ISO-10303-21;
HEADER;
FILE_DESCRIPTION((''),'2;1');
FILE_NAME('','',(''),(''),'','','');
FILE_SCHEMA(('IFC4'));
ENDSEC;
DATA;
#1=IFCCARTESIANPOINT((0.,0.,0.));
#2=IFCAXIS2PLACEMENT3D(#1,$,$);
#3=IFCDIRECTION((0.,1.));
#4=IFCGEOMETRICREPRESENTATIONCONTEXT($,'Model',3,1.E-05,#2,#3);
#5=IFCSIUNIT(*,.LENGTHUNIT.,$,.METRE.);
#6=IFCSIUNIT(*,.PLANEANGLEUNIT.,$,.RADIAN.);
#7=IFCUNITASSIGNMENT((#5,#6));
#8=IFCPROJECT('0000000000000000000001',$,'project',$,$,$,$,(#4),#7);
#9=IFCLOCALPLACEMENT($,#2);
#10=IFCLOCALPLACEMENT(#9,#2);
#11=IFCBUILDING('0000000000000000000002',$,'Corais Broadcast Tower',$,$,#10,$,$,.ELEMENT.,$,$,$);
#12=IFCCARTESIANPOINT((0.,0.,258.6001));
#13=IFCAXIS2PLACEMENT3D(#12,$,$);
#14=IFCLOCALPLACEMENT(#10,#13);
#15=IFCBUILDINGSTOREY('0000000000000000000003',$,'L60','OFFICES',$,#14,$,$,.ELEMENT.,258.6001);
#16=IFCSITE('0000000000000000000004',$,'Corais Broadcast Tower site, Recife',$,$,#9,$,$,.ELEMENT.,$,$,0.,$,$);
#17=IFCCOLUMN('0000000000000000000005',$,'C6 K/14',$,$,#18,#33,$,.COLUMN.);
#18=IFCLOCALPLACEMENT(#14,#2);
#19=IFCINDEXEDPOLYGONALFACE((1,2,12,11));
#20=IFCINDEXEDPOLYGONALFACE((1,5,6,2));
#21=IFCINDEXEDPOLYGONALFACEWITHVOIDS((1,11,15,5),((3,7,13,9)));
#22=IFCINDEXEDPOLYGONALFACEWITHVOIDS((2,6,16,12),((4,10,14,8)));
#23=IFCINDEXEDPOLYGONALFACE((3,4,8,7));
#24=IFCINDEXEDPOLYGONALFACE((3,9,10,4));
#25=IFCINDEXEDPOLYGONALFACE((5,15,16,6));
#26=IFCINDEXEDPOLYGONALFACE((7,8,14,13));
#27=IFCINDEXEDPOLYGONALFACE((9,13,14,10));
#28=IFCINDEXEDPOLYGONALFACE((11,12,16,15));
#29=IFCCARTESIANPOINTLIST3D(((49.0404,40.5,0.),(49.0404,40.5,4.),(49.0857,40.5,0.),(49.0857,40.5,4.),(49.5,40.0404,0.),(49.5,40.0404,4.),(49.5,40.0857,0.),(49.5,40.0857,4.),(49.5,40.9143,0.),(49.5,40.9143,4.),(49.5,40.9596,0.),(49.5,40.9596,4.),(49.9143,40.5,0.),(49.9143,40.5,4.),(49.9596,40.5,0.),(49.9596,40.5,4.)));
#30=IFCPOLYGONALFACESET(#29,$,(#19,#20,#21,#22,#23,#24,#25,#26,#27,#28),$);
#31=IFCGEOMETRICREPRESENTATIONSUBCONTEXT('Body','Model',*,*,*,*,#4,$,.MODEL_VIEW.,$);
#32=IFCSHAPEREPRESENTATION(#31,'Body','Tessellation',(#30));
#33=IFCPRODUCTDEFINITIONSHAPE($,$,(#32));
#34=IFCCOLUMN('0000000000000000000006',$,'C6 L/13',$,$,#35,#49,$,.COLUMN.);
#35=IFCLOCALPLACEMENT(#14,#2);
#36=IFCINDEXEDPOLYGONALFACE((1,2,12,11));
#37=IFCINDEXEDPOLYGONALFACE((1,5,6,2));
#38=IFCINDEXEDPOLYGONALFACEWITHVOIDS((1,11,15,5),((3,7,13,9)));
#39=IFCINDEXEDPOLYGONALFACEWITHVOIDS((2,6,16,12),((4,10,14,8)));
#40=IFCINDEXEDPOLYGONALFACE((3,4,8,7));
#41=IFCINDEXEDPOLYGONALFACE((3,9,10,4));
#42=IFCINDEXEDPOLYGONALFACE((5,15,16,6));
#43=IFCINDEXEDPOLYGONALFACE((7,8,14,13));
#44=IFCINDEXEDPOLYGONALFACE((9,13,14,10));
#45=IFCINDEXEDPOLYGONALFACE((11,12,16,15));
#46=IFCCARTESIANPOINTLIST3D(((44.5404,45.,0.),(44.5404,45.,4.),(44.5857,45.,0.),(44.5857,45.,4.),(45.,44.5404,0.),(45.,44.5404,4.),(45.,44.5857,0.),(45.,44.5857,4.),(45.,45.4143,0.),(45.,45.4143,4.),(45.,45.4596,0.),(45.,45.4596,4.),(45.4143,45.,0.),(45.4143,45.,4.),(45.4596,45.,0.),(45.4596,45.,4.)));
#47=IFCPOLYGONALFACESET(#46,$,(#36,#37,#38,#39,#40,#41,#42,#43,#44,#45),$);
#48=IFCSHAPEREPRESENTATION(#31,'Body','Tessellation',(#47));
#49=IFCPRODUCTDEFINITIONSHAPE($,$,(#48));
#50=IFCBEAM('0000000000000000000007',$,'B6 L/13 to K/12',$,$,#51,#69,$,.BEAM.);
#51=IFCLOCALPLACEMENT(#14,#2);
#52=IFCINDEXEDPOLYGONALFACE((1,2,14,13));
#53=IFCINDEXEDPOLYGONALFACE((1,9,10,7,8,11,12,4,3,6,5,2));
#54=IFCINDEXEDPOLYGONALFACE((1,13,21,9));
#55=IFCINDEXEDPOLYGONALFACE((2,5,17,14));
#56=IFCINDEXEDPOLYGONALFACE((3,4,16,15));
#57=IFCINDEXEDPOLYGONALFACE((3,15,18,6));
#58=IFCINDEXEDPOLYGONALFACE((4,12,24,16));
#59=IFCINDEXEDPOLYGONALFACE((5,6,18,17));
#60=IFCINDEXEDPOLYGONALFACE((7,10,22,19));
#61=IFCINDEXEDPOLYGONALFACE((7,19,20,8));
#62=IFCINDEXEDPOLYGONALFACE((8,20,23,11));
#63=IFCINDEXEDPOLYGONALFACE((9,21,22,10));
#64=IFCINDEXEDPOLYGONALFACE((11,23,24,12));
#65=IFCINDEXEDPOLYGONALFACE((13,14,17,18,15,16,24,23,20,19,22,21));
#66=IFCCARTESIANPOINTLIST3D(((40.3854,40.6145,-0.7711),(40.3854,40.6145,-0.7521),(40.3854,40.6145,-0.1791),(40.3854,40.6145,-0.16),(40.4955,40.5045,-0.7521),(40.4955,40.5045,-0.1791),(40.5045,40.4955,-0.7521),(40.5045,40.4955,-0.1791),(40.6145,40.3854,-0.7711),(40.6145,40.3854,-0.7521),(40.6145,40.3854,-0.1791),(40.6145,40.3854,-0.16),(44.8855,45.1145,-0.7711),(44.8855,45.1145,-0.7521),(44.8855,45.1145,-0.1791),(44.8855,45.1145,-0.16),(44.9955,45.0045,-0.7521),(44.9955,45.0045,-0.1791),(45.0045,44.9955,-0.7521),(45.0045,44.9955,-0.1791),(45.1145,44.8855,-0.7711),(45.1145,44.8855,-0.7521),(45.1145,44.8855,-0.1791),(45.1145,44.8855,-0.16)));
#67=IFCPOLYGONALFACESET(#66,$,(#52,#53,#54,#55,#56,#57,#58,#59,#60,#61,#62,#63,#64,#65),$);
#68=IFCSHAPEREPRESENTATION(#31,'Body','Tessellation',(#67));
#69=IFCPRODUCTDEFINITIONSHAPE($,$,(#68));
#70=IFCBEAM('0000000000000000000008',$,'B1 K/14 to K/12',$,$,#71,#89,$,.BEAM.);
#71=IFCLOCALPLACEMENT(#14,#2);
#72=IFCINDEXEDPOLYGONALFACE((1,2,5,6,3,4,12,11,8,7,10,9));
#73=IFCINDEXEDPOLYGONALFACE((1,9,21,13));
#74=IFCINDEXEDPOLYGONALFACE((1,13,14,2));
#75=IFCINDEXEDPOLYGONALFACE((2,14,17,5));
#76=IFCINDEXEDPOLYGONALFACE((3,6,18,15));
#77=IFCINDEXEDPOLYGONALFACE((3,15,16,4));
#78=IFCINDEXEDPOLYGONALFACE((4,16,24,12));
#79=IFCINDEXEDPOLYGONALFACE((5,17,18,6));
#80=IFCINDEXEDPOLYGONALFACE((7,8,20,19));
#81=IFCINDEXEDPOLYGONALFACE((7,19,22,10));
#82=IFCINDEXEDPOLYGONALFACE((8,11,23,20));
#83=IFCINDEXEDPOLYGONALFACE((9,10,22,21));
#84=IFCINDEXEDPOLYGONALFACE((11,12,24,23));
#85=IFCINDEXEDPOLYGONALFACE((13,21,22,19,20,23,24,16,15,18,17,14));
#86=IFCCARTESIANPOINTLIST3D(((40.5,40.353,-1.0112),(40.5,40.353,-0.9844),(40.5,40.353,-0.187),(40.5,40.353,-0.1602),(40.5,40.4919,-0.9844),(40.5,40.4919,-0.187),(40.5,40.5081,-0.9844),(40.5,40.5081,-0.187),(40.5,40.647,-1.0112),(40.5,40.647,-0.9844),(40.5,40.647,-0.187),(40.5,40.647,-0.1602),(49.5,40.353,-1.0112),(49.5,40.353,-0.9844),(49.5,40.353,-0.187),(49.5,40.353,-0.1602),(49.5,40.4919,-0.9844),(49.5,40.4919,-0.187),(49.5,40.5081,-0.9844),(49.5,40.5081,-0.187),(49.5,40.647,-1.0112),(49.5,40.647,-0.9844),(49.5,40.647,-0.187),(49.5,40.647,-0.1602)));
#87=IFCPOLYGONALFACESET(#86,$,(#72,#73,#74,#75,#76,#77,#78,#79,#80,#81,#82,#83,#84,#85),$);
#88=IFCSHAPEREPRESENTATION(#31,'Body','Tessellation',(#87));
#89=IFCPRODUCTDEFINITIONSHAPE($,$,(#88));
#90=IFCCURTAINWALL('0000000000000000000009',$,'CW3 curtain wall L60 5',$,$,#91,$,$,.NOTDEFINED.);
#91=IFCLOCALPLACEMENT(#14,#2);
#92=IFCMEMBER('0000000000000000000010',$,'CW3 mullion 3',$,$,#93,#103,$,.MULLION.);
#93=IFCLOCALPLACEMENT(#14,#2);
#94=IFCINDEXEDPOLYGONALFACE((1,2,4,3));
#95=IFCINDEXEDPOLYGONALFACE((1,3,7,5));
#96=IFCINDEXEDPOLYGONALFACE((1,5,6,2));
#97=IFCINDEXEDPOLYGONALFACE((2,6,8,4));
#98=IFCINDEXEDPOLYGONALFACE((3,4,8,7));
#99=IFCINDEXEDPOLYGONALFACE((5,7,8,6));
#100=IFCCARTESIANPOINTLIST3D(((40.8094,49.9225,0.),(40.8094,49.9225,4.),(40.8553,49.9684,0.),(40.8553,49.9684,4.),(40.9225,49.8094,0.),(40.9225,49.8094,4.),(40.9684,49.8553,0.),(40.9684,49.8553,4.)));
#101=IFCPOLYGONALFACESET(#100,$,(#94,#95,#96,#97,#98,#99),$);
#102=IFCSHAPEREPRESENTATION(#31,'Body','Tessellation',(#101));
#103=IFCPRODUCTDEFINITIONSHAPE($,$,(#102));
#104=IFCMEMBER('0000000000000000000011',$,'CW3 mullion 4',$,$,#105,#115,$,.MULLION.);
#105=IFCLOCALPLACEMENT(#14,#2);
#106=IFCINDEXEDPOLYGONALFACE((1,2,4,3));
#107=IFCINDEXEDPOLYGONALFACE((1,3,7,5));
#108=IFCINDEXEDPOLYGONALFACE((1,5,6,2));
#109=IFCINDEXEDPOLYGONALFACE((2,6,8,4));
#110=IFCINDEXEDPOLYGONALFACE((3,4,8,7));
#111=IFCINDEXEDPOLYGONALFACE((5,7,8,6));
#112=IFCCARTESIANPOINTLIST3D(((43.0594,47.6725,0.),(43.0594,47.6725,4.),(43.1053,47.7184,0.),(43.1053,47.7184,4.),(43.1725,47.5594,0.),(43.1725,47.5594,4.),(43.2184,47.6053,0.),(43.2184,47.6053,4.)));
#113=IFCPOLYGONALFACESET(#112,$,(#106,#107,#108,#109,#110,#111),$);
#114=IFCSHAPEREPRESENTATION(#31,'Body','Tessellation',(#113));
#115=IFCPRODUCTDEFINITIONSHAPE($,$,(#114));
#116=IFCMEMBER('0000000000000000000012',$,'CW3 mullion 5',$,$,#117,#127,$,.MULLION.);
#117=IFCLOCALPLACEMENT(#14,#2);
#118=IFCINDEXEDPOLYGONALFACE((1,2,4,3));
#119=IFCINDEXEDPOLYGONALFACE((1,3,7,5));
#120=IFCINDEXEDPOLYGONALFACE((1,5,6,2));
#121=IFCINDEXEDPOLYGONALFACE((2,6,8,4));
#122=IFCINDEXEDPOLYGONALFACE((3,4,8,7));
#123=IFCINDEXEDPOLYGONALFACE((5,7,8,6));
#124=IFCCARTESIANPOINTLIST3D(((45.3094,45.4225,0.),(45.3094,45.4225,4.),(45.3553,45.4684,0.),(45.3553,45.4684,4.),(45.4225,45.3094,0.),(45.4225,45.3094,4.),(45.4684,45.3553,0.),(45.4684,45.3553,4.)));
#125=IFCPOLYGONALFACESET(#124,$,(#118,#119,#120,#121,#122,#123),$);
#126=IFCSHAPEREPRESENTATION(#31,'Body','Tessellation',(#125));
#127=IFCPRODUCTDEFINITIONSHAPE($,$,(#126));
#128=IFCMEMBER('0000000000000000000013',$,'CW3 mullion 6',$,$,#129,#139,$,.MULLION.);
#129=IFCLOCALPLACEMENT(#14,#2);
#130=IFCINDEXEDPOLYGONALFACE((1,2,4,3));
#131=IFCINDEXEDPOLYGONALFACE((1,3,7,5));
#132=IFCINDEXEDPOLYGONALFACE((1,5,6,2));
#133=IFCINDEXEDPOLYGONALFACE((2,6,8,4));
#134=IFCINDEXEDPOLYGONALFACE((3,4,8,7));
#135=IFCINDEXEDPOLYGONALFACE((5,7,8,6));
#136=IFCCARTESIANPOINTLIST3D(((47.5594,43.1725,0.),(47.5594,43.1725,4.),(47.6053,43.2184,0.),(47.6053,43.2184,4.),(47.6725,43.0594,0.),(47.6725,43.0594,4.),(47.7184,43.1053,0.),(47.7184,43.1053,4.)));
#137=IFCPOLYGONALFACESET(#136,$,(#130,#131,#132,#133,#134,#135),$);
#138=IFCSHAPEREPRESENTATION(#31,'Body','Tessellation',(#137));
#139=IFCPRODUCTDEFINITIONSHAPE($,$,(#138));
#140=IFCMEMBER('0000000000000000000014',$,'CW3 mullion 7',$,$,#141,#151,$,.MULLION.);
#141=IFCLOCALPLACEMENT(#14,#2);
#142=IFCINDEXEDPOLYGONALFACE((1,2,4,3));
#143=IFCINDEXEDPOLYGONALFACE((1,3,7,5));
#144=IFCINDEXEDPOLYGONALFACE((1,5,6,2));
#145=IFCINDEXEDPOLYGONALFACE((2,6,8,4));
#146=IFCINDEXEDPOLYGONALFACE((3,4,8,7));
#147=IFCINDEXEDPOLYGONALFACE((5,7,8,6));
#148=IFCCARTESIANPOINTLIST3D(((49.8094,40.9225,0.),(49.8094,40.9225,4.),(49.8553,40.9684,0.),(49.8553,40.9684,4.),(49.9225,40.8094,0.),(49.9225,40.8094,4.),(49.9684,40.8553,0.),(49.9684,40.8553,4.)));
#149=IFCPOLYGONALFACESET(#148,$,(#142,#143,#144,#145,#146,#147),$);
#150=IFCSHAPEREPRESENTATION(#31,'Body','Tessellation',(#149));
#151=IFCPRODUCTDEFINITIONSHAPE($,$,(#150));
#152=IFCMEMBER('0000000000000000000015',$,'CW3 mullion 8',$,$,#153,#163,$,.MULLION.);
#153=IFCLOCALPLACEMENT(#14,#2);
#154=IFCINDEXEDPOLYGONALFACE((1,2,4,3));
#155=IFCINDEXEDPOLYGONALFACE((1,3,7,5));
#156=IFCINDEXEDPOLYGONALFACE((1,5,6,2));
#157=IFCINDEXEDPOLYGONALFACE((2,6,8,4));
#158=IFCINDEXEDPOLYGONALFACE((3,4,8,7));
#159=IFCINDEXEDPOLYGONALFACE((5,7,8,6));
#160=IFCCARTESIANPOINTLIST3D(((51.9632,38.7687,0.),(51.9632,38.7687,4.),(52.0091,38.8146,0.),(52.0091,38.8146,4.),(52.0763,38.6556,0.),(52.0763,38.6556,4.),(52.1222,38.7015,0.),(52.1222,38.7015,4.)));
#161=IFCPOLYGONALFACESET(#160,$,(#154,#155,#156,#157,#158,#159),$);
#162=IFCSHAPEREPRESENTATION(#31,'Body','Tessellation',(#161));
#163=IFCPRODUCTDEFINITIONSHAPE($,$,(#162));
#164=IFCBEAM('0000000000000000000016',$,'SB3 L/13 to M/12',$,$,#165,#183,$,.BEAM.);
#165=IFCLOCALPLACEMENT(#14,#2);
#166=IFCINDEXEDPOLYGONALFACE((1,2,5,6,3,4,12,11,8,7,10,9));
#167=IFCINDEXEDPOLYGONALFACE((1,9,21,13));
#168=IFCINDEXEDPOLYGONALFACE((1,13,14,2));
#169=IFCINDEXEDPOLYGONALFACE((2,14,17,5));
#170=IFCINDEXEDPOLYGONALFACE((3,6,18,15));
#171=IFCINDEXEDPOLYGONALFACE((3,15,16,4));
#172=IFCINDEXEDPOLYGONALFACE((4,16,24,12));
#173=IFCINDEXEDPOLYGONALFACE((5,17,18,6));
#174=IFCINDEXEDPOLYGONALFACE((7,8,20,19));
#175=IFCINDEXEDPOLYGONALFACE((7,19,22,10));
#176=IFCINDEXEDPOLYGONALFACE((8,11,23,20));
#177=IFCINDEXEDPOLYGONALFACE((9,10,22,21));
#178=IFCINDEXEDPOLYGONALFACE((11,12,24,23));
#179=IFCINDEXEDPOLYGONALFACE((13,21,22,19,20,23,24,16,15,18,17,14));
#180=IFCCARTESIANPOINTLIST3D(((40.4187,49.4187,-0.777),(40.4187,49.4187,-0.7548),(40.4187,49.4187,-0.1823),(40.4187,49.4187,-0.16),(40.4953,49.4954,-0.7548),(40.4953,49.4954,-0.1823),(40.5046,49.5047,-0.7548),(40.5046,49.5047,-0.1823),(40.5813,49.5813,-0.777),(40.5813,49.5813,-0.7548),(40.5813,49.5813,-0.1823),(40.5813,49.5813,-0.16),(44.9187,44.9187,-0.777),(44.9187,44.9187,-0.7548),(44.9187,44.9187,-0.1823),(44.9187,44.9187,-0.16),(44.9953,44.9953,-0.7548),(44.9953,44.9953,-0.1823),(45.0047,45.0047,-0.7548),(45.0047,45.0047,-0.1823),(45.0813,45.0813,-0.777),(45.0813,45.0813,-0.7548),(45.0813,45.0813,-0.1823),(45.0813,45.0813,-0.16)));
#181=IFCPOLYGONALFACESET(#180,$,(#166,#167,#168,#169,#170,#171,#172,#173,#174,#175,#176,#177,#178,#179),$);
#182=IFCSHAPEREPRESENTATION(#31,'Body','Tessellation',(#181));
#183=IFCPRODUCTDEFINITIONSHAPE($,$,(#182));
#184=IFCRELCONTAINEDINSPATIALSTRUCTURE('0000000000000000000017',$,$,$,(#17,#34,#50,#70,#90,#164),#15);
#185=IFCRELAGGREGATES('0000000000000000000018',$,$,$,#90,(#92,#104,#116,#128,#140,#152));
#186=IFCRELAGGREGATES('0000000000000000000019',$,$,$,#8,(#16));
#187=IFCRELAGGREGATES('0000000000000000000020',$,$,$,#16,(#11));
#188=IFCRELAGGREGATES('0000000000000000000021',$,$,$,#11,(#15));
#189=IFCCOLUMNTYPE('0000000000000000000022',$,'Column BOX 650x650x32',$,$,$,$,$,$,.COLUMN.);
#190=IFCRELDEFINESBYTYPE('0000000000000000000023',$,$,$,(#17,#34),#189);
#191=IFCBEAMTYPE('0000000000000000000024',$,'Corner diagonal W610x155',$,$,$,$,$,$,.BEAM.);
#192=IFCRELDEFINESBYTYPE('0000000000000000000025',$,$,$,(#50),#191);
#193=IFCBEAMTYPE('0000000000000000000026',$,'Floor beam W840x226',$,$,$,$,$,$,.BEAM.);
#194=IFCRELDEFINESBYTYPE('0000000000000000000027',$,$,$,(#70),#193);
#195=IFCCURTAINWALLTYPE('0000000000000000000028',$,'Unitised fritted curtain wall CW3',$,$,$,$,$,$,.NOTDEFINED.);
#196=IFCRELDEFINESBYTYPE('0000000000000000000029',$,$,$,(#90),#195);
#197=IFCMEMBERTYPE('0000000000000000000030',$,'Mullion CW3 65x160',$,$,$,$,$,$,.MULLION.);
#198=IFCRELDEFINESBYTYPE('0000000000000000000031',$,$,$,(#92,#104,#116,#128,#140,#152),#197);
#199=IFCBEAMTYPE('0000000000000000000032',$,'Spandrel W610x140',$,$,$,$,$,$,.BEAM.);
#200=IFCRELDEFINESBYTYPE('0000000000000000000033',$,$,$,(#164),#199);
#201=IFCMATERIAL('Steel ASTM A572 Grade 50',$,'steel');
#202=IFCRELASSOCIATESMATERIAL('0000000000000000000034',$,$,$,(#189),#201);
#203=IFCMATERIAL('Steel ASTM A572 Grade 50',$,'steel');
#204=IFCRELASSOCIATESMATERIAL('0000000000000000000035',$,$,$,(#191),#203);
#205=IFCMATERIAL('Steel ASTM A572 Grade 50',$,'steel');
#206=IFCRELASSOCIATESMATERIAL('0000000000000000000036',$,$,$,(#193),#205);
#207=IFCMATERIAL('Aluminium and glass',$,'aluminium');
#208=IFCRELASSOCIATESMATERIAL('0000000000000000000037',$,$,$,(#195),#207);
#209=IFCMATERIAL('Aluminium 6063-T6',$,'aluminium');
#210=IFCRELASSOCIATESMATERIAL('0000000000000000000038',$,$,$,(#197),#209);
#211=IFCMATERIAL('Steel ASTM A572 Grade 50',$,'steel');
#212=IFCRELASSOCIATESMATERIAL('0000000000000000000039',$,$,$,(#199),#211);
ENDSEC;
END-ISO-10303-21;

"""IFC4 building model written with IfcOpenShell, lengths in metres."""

from ifc_helpers import new_model, si_unit, direction, frame, origin, origin_2d, place, context, subcontext, project, spatial, rectangle, hollow_rectangle, i_section, extrude, material, material_profile, profile_set, type_object, element, aggregate, save


model = new_model("IFC4")

# Units and contexts
model_context = context("Model", 3, precision=1e-05, world=origin(), true_north=direction((0.0, 1.0)))
body_context = subcontext(model_context, "Body", "Model", "MODEL_VIEW")
ifc_project = project(units=[si_unit("LENGTHUNIT", "METRE"), si_unit("PLANEANGLEUNIT", "RADIAN")], contexts=[model_context])

# Site, building, storey
site_placement = place(None, origin())
site = spatial("IfcSite", under=ifc_project, at=site_placement, Name="Corais Broadcast Tower site, Recife", CompositionType="ELEMENT", RefElevation=0.0)
building_placement = place(site_placement, origin())
building = spatial("IfcBuilding", under=site, at=building_placement, Name="Corais Broadcast Tower", CompositionType="ELEMENT")
storey_placement = place(building_placement, frame((0.0, 0.0, 258.6001)))
storey = spatial("IfcBuildingStorey", under=building, at=storey_placement, Name="L60", Description="OFFICES", CompositionType="ELEMENT", Elevation=258.6001)

# Columns
ifc_material_1 = material(Name="Steel ASTM A572 Grade 50", Category="steel")
ifc_material_profile_1 = material_profile(ifc_material_1, hollow_rectangle(XDim=0.6499, YDim=0.6499, WallThickness=0.032, at=origin_2d()), Name="BOX 650x650x32")
ifc_profile_set_1 = profile_set([ifc_material_profile_1], Name="Steel ASTM A572 Grade 50")
column_type = type_object("IfcColumnType", Name="Column BOX 650x650x32", PredefinedType="COLUMN", material=ifc_profile_set_1)
for number, where, z_axis, x_axis, name in (
    (1, (49.5, 40.5, 0.0), (0.0, 0.0, 1.0), (0.707107, 0.707107, 0.0), "C6 K/14"),
    (2, (45.0, 45.0, 0.0), (0.0, 0.0, 1.0), (0.707107, 0.707107, 0.0), "C6 L/13"),
):
    element("IfcColumn", number, at=place(storey_placement, frame(where, z_axis=z_axis, x_axis=x_axis)), inside=storey, type_object=column_type, Name=name, PredefinedType="COLUMN", context=body_context, shape_type="SweptSolid", body=[
        extrude(hollow_rectangle(XDim=0.6499, YDim=0.6499, WallThickness=0.032, at=origin_2d()), origin(), (0.0, 0.0, 1.0), 4.0),
    ])

# Beams
ifc_material_2 = material(Name="Steel ASTM A572 Grade 50", Category="steel")
ifc_material_profile_2 = material_profile(ifc_material_2, i_section(OverallWidth=0.324, OverallDepth=0.6111, WebThickness=0.0127, FlangeThickness=0.019, at=origin_2d()), Name="W610x155")
ifc_profile_set_2 = profile_set([ifc_material_profile_2], Name="Steel ASTM A572 Grade 50")
beam_type_1 = type_object("IfcBeamType", Name="Corner diagonal W610x155", PredefinedType="BEAM", material=ifc_profile_set_2)
beam_1_placement = place(storey_placement, frame((45.0, 45.0, -0.4656), z_axis=(-0.707107, -0.707107, 0.0), x_axis=(0.707107, -0.707107, 0.0)))
element("IfcBeam", 3, at=beam_1_placement, inside=storey, type_object=beam_type_1, Name="B6 L/13 to K/12", PredefinedType="BEAM", context=body_context, shape_type="SweptSolid", body=[
    extrude(i_section(OverallWidth=0.324, OverallDepth=0.6111, WebThickness=0.0127, FlangeThickness=0.019, at=origin_2d()), origin(), (0.0, 0.0, 1.0), 6.364),
])
ifc_material_3 = material(Name="Steel ASTM A572 Grade 50", Category="steel")
ifc_material_profile_3 = material_profile(ifc_material_3, i_section(OverallWidth=0.2939, OverallDepth=0.8511, WebThickness=0.0161, FlangeThickness=0.0269, at=origin_2d()), Name="W840x226")
ifc_profile_set_3 = profile_set([ifc_material_profile_3], Name="Steel ASTM A572 Grade 50")
beam_type_2 = type_object("IfcBeamType", Name="Floor beam W840x226", PredefinedType="BEAM", material=ifc_profile_set_3)
beam_2_placement = place(storey_placement, frame((49.5, 40.5, -0.5857), z_axis=(-1.0, 0.0, 0.0), x_axis=(0.0, -1.0, 0.0)))
element("IfcBeam", 4, at=beam_2_placement, inside=storey, type_object=beam_type_2, Name="B1 K/14 to K/12", PredefinedType="BEAM", context=body_context, shape_type="SweptSolid", body=[
    extrude(i_section(OverallWidth=0.2939, OverallDepth=0.8511, WebThickness=0.0161, FlangeThickness=0.0269, at=origin_2d()), origin(), (0.0, 0.0, 1.0), 9.0),
])

# Curtain wall, members
ifc_material_4 = material(Name="Aluminium and glass", Category="aluminium")
curtain_wall_type = type_object("IfcCurtainWallType", Name="Unitised fritted curtain wall CW3", PredefinedType="NOTDEFINED", material=ifc_material_4)
curtain_wall_placement = place(storey_placement, origin())
curtain_wall = element("IfcCurtainWall", 5, at=curtain_wall_placement, inside=storey, type_object=curtain_wall_type, Name="CW3 curtain wall L60 5", PredefinedType="NOTDEFINED")
ifc_material_5 = material(Name="Aluminium 6063-T6", Category="aluminium")
ifc_material_profile_4 = material_profile(ifc_material_5, rectangle(XDim=0.0649, YDim=0.1599, at=origin_2d()), Name="Mullion CW3 65x160")
ifc_profile_set_4 = profile_set([ifc_material_profile_4], Name="Aluminium 6063-T6")
member_type_1 = type_object("IfcMemberType", Name="Mullion CW3 65x160", PredefinedType="MULLION", material=ifc_profile_set_4)
member_1_placement = place(storey_placement, frame((40.8889, 49.8889, 0.0), z_axis=(0.0, 0.0, 1.0), x_axis=(0.707107, 0.707107, 0.0)))
member_1 = element("IfcMember", 6, at=member_1_placement, type_object=member_type_1, Name="CW3 mullion 3", PredefinedType="MULLION", context=body_context, shape_type="SweptSolid", body=[
    extrude(rectangle(XDim=0.0649, YDim=0.1599, at=origin_2d()), origin(), (0.0, 0.0, 1.0), 4.0),
])
member_2_placement = place(storey_placement, frame((43.1389, 47.6389, 0.0), z_axis=(0.0, 0.0, 1.0), x_axis=(0.707107, 0.707107, 0.0)))
member_2 = element("IfcMember", 7, at=member_2_placement, type_object=member_type_1, Name="CW3 mullion 4", PredefinedType="MULLION", context=body_context, shape_type="SweptSolid", body=[
    extrude(rectangle(XDim=0.0649, YDim=0.1599, at=origin_2d()), origin(), (0.0, 0.0, 1.0), 4.0),
])
member_3_placement = place(storey_placement, frame((45.3889, 45.3889, 0.0), z_axis=(0.0, 0.0, 1.0), x_axis=(0.707107, 0.707107, 0.0)))
member_3 = element("IfcMember", 8, at=member_3_placement, type_object=member_type_1, Name="CW3 mullion 5", PredefinedType="MULLION", context=body_context, shape_type="SweptSolid", body=[
    extrude(rectangle(XDim=0.0649, YDim=0.1599, at=origin_2d()), origin(), (0.0, 0.0, 1.0), 4.0),
])
member_4_placement = place(storey_placement, frame((47.6389, 43.1389, 0.0), z_axis=(0.0, 0.0, 1.0), x_axis=(0.707107, 0.707107, 0.0)))
member_4 = element("IfcMember", 9, at=member_4_placement, type_object=member_type_1, Name="CW3 mullion 6", PredefinedType="MULLION", context=body_context, shape_type="SweptSolid", body=[
    extrude(rectangle(XDim=0.0649, YDim=0.1599, at=origin_2d()), origin(), (0.0, 0.0, 1.0), 4.0),
])
member_5_placement = place(storey_placement, frame((49.8889, 40.8889, 0.0), z_axis=(0.0, 0.0, 1.0), x_axis=(0.707107, 0.707107, 0.0)))
member_5 = element("IfcMember", 10, at=member_5_placement, type_object=member_type_1, Name="CW3 mullion 7", PredefinedType="MULLION", context=body_context, shape_type="SweptSolid", body=[
    extrude(rectangle(XDim=0.0649, YDim=0.1599, at=origin_2d()), origin(), (0.0, 0.0, 1.0), 4.0),
])
member_6_placement = place(storey_placement, frame((52.0427, 38.7351, 0.0), z_axis=(0.0, 0.0, 1.0), x_axis=(0.707107, 0.707107, 0.0)))
member_6 = element("IfcMember", 11, at=member_6_placement, type_object=member_type_1, Name="CW3 mullion 8", PredefinedType="MULLION", context=body_context, shape_type="SweptSolid", body=[
    extrude(rectangle(XDim=0.0649, YDim=0.1599, at=origin_2d()), origin(), (0.0, 0.0, 1.0), 4.0),
])

# Beam
ifc_material_6 = material(Name="Steel ASTM A572 Grade 50", Category="steel")
ifc_material_profile_5 = material_profile(ifc_material_6, i_section(OverallWidth=0.23, OverallDepth=0.6169, WebThickness=0.0132, FlangeThickness=0.0222, at=origin_2d()), Name="W610x140")
ifc_profile_set_5 = profile_set([ifc_material_profile_5], Name="Steel ASTM A572 Grade 50")
beam_type_3 = type_object("IfcBeamType", Name="Spandrel W610x140", PredefinedType="BEAM", material=ifc_profile_set_5)
for number, where, z_axis, x_axis, name in (
    (12, (45.0, 45.0, -0.4685), (-0.707107, 0.707107, 0.0), (-0.707107, -0.707107, 0.0), "SB3 L/13 to M/12"),
):
    element("IfcBeam", number, at=place(storey_placement, frame(where, z_axis=z_axis, x_axis=x_axis)), inside=storey, type_object=beam_type_3, Name=name, PredefinedType="BEAM", context=body_context, shape_type="SweptSolid", body=[
        extrude(i_section(OverallWidth=0.23, OverallDepth=0.6169, WebThickness=0.0132, FlangeThickness=0.0222, at=origin_2d()), origin(), (0.0, 0.0, 1.0), 6.364),
    ])

aggregate(curtain_wall, [member_1, member_2, member_3, member_4, member_5, member_6])

save(model, "model.ifc")
